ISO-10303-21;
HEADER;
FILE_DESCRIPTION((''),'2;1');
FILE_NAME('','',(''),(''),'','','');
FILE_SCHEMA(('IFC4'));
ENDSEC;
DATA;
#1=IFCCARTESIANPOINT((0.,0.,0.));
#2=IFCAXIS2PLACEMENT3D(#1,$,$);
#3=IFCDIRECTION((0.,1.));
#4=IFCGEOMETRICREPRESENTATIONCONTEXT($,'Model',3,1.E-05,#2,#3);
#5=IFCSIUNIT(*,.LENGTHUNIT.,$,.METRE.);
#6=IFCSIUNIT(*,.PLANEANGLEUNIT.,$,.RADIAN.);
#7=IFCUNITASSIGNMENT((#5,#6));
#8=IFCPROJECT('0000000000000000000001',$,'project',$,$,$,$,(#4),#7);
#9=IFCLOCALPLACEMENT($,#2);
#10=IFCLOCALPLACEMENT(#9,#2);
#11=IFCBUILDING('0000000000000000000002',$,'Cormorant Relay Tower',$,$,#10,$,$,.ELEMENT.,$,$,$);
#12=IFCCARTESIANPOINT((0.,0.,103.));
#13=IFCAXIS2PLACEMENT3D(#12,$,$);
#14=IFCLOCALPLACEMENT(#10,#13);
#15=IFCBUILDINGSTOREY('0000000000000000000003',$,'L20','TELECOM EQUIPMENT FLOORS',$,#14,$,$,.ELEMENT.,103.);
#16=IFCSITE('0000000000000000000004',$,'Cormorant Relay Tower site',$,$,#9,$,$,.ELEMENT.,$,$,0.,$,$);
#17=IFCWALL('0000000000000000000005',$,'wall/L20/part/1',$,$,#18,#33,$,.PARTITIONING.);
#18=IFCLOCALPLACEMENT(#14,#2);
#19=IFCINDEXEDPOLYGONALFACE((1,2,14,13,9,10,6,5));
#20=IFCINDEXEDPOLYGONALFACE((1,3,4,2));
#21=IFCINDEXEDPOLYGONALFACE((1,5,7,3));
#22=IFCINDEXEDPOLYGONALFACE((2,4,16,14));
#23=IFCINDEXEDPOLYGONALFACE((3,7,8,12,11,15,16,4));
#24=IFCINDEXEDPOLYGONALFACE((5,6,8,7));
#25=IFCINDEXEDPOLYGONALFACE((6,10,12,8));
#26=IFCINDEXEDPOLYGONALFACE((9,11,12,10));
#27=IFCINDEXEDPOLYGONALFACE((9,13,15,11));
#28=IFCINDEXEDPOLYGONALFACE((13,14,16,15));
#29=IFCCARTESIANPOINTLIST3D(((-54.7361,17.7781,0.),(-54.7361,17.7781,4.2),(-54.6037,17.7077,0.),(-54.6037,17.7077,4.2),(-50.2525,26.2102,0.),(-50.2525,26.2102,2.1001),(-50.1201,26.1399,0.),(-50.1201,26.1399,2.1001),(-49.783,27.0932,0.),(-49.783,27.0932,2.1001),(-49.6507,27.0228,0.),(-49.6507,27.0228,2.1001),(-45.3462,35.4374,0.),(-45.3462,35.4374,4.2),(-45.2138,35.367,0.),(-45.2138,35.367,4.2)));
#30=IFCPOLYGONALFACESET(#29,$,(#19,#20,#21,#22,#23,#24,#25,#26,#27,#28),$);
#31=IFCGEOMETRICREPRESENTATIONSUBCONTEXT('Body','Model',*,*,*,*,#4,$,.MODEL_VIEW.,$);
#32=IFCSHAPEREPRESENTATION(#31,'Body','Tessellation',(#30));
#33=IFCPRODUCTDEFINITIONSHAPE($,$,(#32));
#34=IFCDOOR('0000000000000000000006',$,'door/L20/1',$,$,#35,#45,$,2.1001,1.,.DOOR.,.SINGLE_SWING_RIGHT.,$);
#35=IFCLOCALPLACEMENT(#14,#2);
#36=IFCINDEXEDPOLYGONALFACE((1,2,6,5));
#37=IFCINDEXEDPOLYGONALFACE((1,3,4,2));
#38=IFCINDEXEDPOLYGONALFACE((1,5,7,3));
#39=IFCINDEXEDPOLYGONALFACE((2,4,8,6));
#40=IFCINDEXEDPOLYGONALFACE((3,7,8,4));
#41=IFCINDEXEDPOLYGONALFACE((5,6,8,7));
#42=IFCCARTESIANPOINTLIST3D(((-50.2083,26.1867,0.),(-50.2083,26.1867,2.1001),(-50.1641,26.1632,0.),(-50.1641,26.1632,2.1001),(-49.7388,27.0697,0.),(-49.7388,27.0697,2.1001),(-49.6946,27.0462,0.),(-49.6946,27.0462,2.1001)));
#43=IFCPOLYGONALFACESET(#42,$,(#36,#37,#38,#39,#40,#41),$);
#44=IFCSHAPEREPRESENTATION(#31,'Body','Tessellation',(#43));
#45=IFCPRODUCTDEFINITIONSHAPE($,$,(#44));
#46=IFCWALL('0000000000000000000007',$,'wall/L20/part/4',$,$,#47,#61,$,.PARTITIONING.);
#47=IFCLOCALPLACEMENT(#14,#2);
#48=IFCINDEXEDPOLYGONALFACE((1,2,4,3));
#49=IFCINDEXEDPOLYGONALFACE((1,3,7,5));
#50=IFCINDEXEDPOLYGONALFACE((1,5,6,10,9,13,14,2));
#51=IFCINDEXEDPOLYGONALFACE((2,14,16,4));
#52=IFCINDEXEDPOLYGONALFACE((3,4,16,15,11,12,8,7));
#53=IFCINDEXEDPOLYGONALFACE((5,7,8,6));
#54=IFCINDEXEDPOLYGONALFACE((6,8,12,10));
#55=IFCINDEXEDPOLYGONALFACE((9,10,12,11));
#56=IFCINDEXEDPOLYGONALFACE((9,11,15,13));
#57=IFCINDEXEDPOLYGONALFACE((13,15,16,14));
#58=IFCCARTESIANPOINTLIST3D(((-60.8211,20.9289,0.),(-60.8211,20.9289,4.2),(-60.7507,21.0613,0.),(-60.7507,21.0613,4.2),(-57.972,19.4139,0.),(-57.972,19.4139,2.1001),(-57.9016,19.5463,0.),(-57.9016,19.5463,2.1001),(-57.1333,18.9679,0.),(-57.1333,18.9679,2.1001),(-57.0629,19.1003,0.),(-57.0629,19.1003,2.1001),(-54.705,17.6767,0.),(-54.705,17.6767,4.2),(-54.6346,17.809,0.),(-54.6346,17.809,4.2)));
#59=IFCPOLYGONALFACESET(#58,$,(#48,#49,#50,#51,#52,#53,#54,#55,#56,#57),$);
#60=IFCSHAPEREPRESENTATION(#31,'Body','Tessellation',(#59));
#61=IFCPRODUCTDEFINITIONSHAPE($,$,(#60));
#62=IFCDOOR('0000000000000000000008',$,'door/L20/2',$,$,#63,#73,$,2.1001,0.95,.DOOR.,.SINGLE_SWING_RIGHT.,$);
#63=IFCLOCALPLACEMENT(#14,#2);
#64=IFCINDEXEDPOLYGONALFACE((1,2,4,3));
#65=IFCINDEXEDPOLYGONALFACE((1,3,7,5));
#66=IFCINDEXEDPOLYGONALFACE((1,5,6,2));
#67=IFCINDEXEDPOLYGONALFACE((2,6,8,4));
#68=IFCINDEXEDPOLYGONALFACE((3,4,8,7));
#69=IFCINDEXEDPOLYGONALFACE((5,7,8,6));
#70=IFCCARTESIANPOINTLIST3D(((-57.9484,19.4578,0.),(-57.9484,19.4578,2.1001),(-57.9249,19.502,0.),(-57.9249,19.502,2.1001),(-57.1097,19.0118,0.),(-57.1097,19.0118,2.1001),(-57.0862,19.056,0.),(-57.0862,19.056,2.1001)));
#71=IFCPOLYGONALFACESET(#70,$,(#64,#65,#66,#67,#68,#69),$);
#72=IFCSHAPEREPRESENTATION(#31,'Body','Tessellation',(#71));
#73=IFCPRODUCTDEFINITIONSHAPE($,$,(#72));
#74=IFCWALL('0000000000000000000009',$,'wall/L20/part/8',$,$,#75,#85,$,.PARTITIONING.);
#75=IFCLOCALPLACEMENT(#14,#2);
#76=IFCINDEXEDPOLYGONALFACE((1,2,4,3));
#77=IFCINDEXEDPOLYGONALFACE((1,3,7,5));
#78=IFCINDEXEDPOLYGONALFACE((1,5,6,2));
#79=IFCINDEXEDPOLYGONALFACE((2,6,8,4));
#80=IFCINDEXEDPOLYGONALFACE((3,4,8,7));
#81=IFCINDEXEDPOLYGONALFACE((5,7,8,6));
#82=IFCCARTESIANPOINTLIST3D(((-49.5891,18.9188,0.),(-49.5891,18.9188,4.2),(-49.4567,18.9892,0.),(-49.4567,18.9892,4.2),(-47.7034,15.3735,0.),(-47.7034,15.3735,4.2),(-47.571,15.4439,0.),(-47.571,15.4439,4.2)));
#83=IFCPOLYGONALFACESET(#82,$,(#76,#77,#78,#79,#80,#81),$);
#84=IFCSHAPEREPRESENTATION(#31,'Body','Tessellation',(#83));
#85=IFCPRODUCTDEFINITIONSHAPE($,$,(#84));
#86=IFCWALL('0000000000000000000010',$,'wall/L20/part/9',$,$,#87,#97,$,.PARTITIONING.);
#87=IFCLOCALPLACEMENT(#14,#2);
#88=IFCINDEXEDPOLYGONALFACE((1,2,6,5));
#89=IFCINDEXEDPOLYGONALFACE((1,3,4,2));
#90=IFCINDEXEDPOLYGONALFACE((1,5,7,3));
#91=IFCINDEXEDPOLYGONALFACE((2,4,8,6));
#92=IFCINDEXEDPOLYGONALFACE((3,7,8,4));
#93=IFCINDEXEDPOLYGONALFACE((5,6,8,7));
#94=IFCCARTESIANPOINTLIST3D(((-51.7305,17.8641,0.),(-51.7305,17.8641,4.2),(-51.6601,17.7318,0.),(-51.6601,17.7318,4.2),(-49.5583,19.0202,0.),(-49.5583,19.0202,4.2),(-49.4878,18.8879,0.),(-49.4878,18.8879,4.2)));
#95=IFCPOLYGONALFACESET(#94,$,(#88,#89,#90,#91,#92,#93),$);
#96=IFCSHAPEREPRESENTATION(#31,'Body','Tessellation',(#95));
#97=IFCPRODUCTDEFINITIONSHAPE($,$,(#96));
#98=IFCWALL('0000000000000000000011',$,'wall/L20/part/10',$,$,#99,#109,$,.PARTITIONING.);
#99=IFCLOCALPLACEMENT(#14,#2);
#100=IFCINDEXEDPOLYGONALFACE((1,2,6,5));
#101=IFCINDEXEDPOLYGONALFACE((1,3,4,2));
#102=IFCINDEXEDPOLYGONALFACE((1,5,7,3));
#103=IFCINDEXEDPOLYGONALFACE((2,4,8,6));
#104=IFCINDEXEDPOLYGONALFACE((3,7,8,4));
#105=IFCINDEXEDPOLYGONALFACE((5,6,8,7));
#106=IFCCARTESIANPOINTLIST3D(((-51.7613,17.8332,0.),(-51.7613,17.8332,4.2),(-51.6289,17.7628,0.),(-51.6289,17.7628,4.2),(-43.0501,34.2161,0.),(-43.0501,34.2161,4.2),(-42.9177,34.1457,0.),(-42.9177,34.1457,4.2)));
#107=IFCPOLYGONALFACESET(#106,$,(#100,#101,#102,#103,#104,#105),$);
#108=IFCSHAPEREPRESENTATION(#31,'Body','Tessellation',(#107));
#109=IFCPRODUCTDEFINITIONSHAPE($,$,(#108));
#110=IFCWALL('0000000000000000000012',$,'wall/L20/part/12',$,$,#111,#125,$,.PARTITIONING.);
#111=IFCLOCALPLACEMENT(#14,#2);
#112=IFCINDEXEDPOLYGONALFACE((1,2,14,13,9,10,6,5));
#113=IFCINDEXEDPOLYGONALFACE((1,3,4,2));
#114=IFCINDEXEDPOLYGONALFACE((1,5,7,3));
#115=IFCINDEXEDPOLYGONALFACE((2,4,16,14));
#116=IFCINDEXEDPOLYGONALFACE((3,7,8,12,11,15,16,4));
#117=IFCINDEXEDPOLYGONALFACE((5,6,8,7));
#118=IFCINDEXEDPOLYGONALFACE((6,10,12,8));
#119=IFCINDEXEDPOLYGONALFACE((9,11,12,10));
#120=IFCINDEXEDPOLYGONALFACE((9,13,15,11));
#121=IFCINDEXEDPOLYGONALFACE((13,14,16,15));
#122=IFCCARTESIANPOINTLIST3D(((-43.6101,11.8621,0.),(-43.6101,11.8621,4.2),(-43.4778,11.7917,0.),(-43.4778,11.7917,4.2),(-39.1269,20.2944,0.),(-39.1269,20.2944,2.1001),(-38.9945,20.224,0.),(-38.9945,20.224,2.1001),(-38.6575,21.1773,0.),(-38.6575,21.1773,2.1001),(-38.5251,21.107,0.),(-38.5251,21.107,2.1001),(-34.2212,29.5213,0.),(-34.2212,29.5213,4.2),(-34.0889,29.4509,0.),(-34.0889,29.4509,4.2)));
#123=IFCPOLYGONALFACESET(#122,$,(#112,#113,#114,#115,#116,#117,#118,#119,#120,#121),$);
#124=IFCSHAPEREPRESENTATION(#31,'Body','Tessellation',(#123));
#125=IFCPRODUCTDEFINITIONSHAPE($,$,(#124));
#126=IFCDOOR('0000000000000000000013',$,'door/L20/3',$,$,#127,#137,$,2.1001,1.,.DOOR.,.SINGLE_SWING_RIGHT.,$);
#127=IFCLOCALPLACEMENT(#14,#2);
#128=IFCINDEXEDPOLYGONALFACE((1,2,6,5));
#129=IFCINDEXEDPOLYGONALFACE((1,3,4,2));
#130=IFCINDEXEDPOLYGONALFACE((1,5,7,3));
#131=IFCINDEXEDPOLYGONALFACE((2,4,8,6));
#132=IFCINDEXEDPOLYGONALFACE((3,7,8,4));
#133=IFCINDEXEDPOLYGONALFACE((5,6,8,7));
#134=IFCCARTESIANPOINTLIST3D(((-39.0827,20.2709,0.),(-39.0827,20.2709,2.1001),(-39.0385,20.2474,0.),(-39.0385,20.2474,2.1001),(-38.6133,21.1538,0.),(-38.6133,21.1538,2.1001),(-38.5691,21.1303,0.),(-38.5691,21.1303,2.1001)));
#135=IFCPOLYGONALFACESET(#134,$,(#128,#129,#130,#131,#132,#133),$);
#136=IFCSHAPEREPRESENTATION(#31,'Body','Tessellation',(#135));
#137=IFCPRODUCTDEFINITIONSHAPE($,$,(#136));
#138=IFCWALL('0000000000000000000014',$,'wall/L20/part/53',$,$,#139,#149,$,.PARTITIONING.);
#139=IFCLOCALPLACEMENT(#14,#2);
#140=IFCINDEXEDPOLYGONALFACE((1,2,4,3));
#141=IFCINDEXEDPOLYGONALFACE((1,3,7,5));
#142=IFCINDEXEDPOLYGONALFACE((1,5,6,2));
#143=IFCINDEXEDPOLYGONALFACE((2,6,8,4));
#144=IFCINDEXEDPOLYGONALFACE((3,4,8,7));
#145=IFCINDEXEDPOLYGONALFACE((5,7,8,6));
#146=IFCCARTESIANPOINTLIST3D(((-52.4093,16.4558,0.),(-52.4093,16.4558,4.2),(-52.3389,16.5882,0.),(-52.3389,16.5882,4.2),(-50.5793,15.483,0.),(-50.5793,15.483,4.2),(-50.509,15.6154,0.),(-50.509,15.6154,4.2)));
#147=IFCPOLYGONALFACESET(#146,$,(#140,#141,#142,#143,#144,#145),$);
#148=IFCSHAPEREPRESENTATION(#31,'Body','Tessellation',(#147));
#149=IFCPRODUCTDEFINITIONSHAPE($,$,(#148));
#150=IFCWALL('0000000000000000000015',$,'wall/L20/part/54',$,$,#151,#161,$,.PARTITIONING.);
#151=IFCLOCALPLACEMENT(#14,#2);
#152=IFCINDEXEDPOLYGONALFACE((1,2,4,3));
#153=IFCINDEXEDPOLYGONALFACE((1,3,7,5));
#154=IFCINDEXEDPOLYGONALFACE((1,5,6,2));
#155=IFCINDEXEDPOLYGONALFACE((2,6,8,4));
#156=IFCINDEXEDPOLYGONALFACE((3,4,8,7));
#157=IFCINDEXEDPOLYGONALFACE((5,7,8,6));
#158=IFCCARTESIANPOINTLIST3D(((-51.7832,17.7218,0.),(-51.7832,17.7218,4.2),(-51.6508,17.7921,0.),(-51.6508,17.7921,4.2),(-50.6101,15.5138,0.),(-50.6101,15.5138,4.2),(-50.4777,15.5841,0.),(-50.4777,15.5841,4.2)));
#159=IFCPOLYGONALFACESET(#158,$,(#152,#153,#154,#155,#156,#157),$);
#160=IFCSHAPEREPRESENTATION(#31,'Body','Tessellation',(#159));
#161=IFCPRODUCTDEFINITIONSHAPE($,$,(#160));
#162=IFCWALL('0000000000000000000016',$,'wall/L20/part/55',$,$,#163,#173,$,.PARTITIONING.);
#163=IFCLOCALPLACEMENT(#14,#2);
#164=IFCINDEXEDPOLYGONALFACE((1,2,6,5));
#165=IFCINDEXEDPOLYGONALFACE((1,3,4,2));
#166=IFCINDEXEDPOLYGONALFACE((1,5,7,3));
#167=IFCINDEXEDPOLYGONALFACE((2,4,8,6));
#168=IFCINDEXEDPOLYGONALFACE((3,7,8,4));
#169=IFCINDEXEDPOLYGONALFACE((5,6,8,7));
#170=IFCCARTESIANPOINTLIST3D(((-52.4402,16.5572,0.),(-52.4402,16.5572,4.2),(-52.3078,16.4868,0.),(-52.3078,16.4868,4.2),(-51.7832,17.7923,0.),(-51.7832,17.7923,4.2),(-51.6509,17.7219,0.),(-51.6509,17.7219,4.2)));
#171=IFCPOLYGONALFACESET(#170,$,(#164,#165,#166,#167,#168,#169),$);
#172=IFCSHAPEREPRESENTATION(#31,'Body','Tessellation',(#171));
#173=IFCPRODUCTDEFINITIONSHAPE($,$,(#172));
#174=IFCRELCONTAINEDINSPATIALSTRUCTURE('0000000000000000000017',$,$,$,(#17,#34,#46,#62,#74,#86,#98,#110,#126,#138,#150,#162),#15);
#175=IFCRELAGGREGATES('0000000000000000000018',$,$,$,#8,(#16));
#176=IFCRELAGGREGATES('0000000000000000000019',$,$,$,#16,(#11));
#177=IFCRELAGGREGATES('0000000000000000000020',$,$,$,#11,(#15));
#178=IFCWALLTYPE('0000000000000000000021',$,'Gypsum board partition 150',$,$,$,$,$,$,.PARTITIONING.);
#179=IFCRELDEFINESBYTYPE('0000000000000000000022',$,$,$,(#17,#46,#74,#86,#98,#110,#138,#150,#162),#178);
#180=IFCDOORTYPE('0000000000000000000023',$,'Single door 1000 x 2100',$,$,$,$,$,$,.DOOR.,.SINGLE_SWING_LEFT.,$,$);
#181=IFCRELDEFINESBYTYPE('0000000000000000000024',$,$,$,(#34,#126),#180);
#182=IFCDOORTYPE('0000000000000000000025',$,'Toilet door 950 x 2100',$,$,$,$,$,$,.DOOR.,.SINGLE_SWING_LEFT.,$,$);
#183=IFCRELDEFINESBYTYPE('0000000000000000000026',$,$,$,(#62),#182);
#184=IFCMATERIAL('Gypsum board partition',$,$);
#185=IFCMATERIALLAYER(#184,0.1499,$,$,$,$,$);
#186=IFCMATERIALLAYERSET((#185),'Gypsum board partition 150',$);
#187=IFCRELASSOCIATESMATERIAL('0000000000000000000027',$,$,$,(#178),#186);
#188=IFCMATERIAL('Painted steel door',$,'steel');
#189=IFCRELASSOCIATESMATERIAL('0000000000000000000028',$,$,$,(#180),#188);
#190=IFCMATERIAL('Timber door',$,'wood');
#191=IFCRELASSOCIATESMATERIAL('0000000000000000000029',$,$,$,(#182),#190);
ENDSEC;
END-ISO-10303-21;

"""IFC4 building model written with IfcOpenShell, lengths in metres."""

from ifc_helpers import new_model, si_unit, direction, frame, frame_2d, origin, place, context, subcontext, project, spatial, rectangle, extrude, material, layer, layer_set, type_object, element, fill, save


model = new_model("IFC4")

# Units and contexts
model_context = context("Model", 3, precision=1e-05, world=origin(), true_north=direction((0.0, 1.0)))
body_context = subcontext(model_context, "Body", "Model", "MODEL_VIEW")
ifc_project = project(units=[si_unit("LENGTHUNIT", "METRE"), si_unit("PLANEANGLEUNIT", "RADIAN")], contexts=[model_context])

# Site, building, storey
site_placement = place(None, origin())
site = spatial("IfcSite", under=ifc_project, at=site_placement, Name="Cormorant Relay Tower site", CompositionType="ELEMENT", RefElevation=0.0)
building_placement = place(site_placement, origin())
building = spatial("IfcBuilding", under=site, at=building_placement, Name="Cormorant Relay Tower", CompositionType="ELEMENT")
storey_placement = place(building_placement, frame((0.0, 0.0, 103.0)))
storey = spatial("IfcBuildingStorey", under=building, at=storey_placement, Name="L20", Description="TELECOM EQUIPMENT FLOORS", CompositionType="ELEMENT", Elevation=103.0)

# Walls, openings, doors
ifc_material_1 = material(Name="Gypsum board partition")
ifc_layer_1 = layer(ifc_material_1, 0.1499)
ifc_layer_set_1 = layer_set([ifc_layer_1], Name="Gypsum board partition 150")
wall_type_1 = type_object("IfcWallType", Name="Gypsum board partition 150", PredefinedType="PARTITIONING", material=ifc_layer_set_1)
wall_1_placement = place(storey_placement, frame((-54.6699, 17.7429, 0.0), z_axis=(0.0, 0.0, 1.0), x_axis=(0.469485, 0.882941, 0.0)))
wall_1 = element("IfcWall", 1, at=wall_1_placement, inside=storey, type_object=wall_type_1, Name="wall/L20/part/1", PredefinedType="PARTITIONING", context=body_context, shape_type="SweptSolid", body=[
    extrude(rectangle(XDim=20.0005, YDim=0.1499, at=frame_2d((10.0002, 0.0))), origin(), (0.0, 0.0, 1.0), 4.2),
])
opening_1_placement = place(wall_1_placement, frame((9.55, 0.0, 0.0)))
opening_1 = element("IfcOpeningElement", 2, at=opening_1_placement, cuts=wall_1, PredefinedType="OPENING", context=body_context, shape_type="SweptSolid", body=[
    extrude(rectangle(XDim=1.0, YDim=2.1001, at=frame_2d((0.5, 1.05))), frame((0.0, 0.085, 0.0), z_axis=(0.0, -1.0, 0.0), x_axis=(1.0, 0.0, 0.0)), (0.0, 0.0, 1.0), 0.1699),
])
ifc_material_2 = material(Name="Painted steel door", Category="steel")
door_type_1 = type_object("IfcDoorType", Name="Single door 1000 x 2100", OperationType="SINGLE_SWING_LEFT", PredefinedType="DOOR", material=ifc_material_2)
door_1_placement = place(opening_1_placement, origin())
door_1 = element("IfcDoor", 3, at=door_1_placement, inside=storey, type_object=door_type_1, Name="door/L20/1", OperationType="SINGLE_SWING_RIGHT", OverallHeight=2.1001, OverallWidth=1.0, PredefinedType="DOOR", context=body_context, shape_type="SweptSolid", body=[
    extrude(rectangle(XDim=1.0, YDim=2.1001, at=frame_2d((0.5, 1.05))), frame((0.0, 0.0249, 0.0), z_axis=(0.0, -1.0, 0.0), x_axis=(1.0, 0.0, 0.0)), (0.0, 0.0, 1.0), 0.05),
])
fill(opening_1, door_1)
wall_2_placement = place(storey_placement, frame((-54.6699, 17.7429, 0.0), z_axis=(0.0, 0.0, 1.0), x_axis=(-0.882931, 0.469503, 0.0)))
wall_2 = element("IfcWall", 4, at=wall_2_placement, inside=storey, type_object=wall_type_1, Name="wall/L20/part/4", PredefinedType="PARTITIONING", context=body_context, shape_type="SweptSolid", body=[
    extrude(rectangle(XDim=6.927, YDim=0.1499, at=frame_2d((3.4634, 0.0))), origin(), (0.0, 0.0, 1.0), 4.2),
])
opening_2_placement = place(wall_2_placement, frame((2.75, 0.0, 0.0)))
opening_2 = element("IfcOpeningElement", 5, at=opening_2_placement, cuts=wall_2, PredefinedType="OPENING", context=body_context, shape_type="SweptSolid", body=[
    extrude(rectangle(XDim=0.95, YDim=2.1001, at=frame_2d((0.4751, 1.05))), frame((0.0, 0.085, 0.0), z_axis=(0.0, -1.0, 0.0), x_axis=(1.0, 0.0, 0.0)), (0.0, 0.0, 1.0), 0.1699),
])
ifc_material_3 = material(Name="Timber door", Category="wood")
door_type_2 = type_object("IfcDoorType", Name="Toilet door 950 x 2100", OperationType="SINGLE_SWING_LEFT", PredefinedType="DOOR", material=ifc_material_3)
door_2_placement = place(opening_2_placement, frame((0.95, 0.0, 0.0), z_axis=(0.0, 0.0, 1.0), x_axis=(-1.0, 0.0, 0.0)))
door_2 = element("IfcDoor", 6, at=door_2_placement, inside=storey, type_object=door_type_2, Name="door/L20/2", OperationType="SINGLE_SWING_RIGHT", OverallHeight=2.1001, OverallWidth=0.95, PredefinedType="DOOR", context=body_context, shape_type="SweptSolid", body=[
    extrude(rectangle(XDim=0.95, YDim=2.1001, at=frame_2d((0.4751, 1.05))), frame((0.0, 0.0249, 0.0), z_axis=(0.0, -1.0, 0.0), x_axis=(1.0, 0.0, 0.0)), (0.0, 0.0, 1.0), 0.05),
])
fill(opening_2, door_2)

# Walls
wall_3_placement = place(storey_placement, frame((-47.6372, 15.4087, 0.0), z_axis=(0.0, 0.0, 1.0), x_axis=(-0.469591, 0.882884, 0.0)))
element("IfcWall", 7, at=wall_3_placement, inside=storey, type_object=wall_type_1, Name="wall/L20/part/8", PredefinedType="PARTITIONING", context=body_context, shape_type="SweptSolid", body=[
    extrude(rectangle(XDim=4.0156, YDim=0.1499, at=frame_2d((2.0078, 0.0))), origin(), (0.0, 0.0, 1.0), 4.2),
])
wall_4_placement = place(storey_placement, frame((-49.5229, 18.9541, 0.0), z_axis=(0.0, 0.0, 1.0), x_axis=(-0.882767, -0.46981, 0.0)))
element("IfcWall", 8, at=wall_4_placement, inside=storey, type_object=wall_type_1, Name="wall/L20/part/9", PredefinedType="PARTITIONING", context=body_context, shape_type="SweptSolid", body=[
    extrude(rectangle(XDim=2.4607, YDim=0.1499, at=frame_2d((1.2305, 0.0))), origin(), (0.0, 0.0, 1.0), 4.2),
])
wall_5_placement = place(storey_placement, frame((-51.6951, 17.7981, 0.0), z_axis=(0.0, 0.0, 1.0), x_axis=(0.469484, 0.882941, 0.0)))
element("IfcWall", 9, at=wall_5_placement, inside=storey, type_object=wall_type_1, Name="wall/L20/part/10", PredefinedType="PARTITIONING", context=body_context, shape_type="SweptSolid", body=[
    extrude(rectangle(XDim=18.5549, YDim=0.1499, at=frame_2d((9.2773, 0.0))), origin(), (0.0, 0.0, 1.0), 4.2),
])

# Wall, opening, door
wall_6_placement = place(storey_placement, frame((-34.155, 29.4861, 0.0), z_axis=(0.0, 0.0, 1.0), x_axis=(-0.469447, -0.882961, 0.0)))
wall_6 = element("IfcWall", 10, at=wall_6_placement, inside=storey, type_object=wall_type_1, Name="wall/L20/part/12", PredefinedType="PARTITIONING", context=body_context, shape_type="SweptSolid", body=[
    extrude(rectangle(XDim=20.0, YDim=0.1499, at=frame_2d((10.0, 0.0))), origin(), (0.0, 0.0, 1.0), 4.2),
])
opening_3_placement = place(wall_6_placement, frame((9.45, 0.0, 0.0)))
opening_3 = element("IfcOpeningElement", 11, at=opening_3_placement, cuts=wall_6, PredefinedType="OPENING", context=body_context, shape_type="SweptSolid", body=[
    extrude(rectangle(XDim=1.0, YDim=2.1001, at=frame_2d((0.5, 1.05))), frame((0.0, 0.085, 0.0), z_axis=(0.0, -1.0, 0.0), x_axis=(1.0, 0.0, 0.0)), (0.0, 0.0, 1.0), 0.1699),
])
door_3_placement = place(opening_3_placement, frame((1.0, 0.0, 0.0), z_axis=(0.0, 0.0, 1.0), x_axis=(-1.0, 0.0, 0.0)))
door_3 = element("IfcDoor", 12, at=door_3_placement, inside=storey, type_object=door_type_1, Name="door/L20/3", OperationType="SINGLE_SWING_RIGHT", OverallHeight=2.1001, OverallWidth=1.0, PredefinedType="DOOR", context=body_context, shape_type="SweptSolid", body=[
    extrude(rectangle(XDim=1.0, YDim=2.1001, at=frame_2d((0.5, 1.05))), frame((0.0, 0.0249, 0.0), z_axis=(0.0, -1.0, 0.0), x_axis=(1.0, 0.0, 0.0)), (0.0, 0.0, 1.0), 0.05),
])
fill(opening_3, door_3)

# Walls
wall_7_placement = place(storey_placement, frame((-52.374, 16.522, 0.0), z_axis=(0.0, 0.0, 1.0), x_axis=(0.882981, -0.469408, 0.0)))
element("IfcWall", 13, at=wall_7_placement, inside=storey, type_object=wall_type_1, Name="wall/L20/part/53", PredefinedType="PARTITIONING", context=body_context, shape_type="SweptSolid", body=[
    extrude(rectangle(XDim=2.0725, YDim=0.1499, at=frame_2d((1.0361, 0.0))), origin(), (0.0, 0.0, 1.0), 4.2),
])
wall_8_placement = place(storey_placement, frame((-50.5439, 15.5491, 0.0), z_axis=(0.0, 0.0, 1.0), x_axis=(-0.469184, 0.883101, 0.0)))
element("IfcWall", 14, at=wall_8_placement, inside=storey, type_object=wall_type_1, Name="wall/L20/part/54", PredefinedType="PARTITIONING", context=body_context, shape_type="SweptSolid", body=[
    extrude(rectangle(XDim=2.5002, YDim=0.1499, at=frame_2d((1.25, 0.0))), origin(), (0.0, 0.0, 1.0), 4.2),
])
wall_9_placement = place(storey_placement, frame((-51.717, 17.7571, 0.0), z_axis=(0.0, 0.0, 1.0), x_axis=(-0.469619, -0.882869, 0.0)))
element("IfcWall", 15, at=wall_9_placement, inside=storey, type_object=wall_type_1, Name="wall/L20/part/55", PredefinedType="PARTITIONING", context=body_context, shape_type="SweptSolid", body=[
    extrude(rectangle(XDim=1.3989, YDim=0.1499, at=frame_2d((0.6995, 0.0))), origin(), (0.0, 0.0, 1.0), 4.2),
])

save(model, "model.ifc")
